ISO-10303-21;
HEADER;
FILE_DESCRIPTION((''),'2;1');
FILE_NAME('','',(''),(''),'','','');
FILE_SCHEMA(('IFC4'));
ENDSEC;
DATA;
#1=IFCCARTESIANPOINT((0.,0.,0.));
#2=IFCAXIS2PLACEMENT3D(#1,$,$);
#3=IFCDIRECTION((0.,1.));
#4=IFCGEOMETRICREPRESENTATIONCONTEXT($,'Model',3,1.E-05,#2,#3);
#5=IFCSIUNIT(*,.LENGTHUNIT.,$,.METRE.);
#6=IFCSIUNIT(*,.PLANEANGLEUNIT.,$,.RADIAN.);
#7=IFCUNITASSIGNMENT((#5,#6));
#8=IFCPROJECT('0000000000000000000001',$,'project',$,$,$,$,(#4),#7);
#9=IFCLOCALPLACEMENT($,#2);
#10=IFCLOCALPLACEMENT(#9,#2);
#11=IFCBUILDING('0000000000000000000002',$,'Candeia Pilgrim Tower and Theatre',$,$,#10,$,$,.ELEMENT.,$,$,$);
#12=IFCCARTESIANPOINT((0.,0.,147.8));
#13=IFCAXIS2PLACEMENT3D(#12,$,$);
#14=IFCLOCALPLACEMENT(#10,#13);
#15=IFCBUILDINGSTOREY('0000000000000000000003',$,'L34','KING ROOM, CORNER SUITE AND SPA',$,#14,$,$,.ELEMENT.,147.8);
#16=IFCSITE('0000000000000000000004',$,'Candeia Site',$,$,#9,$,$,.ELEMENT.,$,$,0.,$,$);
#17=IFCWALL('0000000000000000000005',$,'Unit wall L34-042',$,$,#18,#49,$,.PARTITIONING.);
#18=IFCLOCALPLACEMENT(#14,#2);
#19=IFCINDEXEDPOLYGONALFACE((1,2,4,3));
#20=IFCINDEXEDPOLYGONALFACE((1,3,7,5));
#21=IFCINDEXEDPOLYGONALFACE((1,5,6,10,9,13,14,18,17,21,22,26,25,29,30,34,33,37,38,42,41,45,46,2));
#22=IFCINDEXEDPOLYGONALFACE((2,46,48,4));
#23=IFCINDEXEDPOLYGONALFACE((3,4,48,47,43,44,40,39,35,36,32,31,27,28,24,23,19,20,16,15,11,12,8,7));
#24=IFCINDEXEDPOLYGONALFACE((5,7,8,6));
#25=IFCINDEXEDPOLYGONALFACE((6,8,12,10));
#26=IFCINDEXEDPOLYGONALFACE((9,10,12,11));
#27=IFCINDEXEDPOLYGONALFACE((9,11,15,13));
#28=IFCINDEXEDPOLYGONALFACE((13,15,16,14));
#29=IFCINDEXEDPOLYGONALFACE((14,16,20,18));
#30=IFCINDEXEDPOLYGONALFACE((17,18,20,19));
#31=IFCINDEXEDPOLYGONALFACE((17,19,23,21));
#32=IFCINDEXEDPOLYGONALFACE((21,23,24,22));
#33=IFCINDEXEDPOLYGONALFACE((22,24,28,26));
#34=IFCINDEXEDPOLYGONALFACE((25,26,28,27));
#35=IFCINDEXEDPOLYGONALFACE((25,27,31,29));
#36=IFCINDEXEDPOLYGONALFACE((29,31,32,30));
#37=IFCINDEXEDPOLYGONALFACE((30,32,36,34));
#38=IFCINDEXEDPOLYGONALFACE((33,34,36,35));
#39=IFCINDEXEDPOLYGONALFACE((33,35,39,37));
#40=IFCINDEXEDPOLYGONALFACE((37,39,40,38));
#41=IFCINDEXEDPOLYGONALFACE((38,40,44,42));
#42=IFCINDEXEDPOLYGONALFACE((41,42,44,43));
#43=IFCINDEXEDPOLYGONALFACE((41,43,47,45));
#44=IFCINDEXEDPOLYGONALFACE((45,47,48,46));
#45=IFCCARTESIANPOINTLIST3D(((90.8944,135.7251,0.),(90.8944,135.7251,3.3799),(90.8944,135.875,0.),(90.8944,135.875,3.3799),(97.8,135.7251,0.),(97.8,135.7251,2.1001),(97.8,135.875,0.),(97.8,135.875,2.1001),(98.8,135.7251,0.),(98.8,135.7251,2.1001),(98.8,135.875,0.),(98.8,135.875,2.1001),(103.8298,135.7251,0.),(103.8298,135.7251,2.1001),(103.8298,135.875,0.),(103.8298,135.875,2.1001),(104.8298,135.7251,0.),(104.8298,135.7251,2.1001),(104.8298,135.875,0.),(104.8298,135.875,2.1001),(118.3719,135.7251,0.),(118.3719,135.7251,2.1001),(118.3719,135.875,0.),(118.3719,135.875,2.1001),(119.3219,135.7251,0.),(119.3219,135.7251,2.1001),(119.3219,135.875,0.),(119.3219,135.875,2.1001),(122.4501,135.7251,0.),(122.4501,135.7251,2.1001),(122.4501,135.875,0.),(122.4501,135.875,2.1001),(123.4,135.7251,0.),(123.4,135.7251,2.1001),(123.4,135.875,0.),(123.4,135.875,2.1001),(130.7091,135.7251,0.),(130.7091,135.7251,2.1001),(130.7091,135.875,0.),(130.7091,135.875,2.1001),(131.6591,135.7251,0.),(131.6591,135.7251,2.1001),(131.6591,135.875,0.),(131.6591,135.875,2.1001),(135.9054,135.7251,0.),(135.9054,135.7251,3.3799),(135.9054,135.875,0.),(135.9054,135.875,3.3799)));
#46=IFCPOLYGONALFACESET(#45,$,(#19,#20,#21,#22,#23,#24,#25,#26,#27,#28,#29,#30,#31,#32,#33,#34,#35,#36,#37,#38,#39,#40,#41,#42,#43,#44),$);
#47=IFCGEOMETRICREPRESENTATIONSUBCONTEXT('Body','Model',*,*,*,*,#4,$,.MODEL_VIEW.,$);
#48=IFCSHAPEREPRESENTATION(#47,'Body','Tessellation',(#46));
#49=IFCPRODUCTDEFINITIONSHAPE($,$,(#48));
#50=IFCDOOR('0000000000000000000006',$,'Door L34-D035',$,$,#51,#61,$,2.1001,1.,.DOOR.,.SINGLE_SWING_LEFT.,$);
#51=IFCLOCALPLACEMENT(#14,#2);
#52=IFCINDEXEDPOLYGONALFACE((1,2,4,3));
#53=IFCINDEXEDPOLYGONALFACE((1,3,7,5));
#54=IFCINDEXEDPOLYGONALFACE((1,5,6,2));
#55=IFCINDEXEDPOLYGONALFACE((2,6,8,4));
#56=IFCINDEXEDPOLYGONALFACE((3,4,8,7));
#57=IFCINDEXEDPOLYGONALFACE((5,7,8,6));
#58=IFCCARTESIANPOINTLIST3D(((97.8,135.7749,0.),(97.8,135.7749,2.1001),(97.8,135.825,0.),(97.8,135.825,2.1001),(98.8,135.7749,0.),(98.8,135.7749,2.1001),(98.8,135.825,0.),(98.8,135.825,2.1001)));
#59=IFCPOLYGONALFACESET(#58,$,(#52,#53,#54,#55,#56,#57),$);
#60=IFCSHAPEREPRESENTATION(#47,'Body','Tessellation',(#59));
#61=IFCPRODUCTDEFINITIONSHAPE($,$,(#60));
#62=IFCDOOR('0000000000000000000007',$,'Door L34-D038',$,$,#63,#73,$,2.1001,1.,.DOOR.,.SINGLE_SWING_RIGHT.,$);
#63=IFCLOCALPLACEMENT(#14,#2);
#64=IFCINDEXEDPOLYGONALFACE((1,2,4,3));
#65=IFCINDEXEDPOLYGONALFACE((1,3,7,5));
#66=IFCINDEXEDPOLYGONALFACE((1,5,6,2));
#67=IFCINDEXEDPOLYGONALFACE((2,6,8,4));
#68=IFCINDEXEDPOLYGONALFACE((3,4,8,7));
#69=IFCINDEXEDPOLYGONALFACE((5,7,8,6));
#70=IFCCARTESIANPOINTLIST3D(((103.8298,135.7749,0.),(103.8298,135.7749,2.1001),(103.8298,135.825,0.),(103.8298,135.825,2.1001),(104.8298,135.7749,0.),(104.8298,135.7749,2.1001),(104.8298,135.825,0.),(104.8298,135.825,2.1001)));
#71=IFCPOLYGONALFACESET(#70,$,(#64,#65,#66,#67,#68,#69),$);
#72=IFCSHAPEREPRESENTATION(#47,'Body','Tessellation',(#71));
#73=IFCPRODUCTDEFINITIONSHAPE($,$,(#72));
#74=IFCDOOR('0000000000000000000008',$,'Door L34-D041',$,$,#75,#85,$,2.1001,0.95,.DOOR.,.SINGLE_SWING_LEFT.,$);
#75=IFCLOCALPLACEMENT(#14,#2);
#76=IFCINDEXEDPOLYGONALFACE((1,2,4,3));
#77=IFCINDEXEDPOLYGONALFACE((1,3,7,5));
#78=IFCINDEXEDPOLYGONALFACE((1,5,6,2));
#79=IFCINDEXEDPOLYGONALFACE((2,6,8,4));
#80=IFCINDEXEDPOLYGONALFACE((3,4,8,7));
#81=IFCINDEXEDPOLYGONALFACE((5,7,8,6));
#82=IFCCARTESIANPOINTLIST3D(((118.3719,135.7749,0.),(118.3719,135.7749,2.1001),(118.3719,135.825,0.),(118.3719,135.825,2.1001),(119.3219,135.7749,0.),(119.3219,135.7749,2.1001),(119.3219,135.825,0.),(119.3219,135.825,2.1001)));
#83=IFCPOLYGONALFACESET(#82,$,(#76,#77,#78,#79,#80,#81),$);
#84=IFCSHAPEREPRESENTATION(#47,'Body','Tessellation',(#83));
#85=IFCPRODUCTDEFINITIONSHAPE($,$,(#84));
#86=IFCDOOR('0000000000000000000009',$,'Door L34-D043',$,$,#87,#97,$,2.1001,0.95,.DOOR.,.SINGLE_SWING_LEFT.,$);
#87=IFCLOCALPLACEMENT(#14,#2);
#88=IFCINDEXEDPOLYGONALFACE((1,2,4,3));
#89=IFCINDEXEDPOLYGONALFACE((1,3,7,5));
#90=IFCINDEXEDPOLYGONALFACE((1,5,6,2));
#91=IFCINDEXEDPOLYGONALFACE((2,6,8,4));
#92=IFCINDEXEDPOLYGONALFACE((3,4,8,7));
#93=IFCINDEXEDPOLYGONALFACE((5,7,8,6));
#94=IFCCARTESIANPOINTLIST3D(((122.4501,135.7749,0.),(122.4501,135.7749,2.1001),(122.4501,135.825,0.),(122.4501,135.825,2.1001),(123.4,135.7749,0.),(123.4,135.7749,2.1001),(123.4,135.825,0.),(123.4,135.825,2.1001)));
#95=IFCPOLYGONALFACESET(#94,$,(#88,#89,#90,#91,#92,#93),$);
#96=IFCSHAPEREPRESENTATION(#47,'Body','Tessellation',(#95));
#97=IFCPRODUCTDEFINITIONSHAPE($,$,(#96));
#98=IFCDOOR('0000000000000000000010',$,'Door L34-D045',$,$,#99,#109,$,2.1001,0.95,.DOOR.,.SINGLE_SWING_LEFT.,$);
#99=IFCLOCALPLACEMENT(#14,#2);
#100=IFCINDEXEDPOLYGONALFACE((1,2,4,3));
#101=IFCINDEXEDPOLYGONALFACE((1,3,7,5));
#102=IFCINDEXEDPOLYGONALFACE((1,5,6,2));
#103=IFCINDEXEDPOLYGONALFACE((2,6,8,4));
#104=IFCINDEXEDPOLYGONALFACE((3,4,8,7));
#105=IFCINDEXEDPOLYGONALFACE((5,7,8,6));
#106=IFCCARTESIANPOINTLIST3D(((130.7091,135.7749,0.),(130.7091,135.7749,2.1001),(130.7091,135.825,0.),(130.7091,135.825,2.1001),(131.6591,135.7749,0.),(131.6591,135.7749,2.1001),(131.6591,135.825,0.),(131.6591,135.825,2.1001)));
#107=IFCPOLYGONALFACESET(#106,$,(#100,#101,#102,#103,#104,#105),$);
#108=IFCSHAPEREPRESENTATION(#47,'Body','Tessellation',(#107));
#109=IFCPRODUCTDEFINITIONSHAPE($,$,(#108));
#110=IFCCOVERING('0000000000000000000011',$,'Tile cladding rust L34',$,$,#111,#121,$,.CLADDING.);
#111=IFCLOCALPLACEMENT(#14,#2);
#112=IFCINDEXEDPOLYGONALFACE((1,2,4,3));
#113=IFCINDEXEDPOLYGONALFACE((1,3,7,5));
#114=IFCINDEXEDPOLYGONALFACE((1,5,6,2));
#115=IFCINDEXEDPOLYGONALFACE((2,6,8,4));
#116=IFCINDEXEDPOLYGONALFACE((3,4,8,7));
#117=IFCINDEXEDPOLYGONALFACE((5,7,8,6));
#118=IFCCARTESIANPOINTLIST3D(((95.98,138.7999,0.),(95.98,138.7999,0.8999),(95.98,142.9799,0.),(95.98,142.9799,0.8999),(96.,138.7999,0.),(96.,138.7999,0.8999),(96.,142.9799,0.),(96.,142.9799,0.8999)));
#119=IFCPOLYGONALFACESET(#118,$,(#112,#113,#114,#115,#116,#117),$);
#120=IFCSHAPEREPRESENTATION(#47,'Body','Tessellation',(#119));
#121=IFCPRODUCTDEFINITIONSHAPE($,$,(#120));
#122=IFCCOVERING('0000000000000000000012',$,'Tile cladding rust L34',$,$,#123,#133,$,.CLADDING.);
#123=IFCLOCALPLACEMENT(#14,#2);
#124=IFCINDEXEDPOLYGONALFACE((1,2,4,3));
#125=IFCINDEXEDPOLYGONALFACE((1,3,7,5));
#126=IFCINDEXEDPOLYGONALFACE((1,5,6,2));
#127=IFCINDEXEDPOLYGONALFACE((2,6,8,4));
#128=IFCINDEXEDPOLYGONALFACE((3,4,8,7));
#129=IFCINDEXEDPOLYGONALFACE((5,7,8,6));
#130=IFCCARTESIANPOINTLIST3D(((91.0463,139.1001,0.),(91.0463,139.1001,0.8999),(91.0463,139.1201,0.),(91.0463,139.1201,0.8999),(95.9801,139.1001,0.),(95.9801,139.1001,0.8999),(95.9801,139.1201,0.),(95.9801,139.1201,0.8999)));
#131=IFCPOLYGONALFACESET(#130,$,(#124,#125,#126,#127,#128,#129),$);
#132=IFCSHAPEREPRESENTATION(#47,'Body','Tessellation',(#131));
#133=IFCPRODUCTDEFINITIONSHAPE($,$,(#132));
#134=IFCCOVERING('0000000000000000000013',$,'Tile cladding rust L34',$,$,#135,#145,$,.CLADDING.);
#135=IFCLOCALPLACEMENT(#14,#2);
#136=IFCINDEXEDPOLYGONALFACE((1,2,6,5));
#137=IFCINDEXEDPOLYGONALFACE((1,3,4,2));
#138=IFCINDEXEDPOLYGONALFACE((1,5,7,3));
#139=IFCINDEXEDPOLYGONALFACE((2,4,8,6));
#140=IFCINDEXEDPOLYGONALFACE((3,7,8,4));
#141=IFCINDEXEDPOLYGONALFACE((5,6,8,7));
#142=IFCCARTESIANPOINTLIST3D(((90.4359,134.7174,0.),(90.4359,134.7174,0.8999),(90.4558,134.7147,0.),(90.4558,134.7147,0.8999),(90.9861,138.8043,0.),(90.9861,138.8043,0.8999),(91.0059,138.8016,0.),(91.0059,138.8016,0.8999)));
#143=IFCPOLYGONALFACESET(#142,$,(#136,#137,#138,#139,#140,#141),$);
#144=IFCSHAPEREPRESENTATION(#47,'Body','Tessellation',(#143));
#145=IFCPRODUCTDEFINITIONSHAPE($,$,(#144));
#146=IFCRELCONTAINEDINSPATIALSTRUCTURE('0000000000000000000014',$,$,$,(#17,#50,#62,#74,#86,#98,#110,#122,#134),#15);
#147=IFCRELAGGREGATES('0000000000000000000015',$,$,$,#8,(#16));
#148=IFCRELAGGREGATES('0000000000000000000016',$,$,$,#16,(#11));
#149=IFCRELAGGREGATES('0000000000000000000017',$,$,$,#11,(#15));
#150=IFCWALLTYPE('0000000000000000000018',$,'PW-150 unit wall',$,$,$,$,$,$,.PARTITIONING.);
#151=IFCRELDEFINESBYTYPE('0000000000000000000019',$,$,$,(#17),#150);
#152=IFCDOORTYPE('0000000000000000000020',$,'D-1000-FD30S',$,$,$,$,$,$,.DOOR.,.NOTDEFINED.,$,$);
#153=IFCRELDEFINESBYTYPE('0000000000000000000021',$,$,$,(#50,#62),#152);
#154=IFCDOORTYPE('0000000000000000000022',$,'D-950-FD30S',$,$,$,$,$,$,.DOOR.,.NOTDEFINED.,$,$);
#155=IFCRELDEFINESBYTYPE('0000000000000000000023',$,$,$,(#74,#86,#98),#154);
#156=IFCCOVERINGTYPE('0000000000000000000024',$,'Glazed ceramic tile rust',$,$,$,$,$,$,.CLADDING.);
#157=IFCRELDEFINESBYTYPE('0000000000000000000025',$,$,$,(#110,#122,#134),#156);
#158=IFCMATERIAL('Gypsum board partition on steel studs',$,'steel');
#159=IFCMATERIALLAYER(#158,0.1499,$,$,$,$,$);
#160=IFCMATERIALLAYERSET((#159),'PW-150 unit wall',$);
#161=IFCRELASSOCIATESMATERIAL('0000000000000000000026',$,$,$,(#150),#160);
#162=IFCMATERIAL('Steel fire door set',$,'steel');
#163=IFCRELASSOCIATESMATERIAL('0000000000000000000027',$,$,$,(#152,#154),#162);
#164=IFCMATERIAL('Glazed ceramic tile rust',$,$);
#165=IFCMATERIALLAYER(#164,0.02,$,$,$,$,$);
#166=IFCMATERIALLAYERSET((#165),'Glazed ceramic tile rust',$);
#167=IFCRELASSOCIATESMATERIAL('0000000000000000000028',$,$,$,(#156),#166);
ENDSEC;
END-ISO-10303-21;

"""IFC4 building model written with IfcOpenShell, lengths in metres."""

from ifc_helpers import new_model, si_unit, direction, frame, frame_2d, origin, origin_2d, place, context, subcontext, project, spatial, rectangle, extrude, material, layer, layer_set, type_object, element, fill, save


model = new_model("IFC4")

# Units and contexts
model_context = context("Model", 3, precision=1e-05, world=origin(), true_north=direction((0.0, 1.0)))
body_context = subcontext(model_context, "Body", "Model", "MODEL_VIEW")
ifc_project = project(units=[si_unit("LENGTHUNIT", "METRE"), si_unit("PLANEANGLEUNIT", "RADIAN")], contexts=[model_context])

# Site, building, storey
site_placement = place(None, origin())
site = spatial("IfcSite", under=ifc_project, at=site_placement, Name="Candeia Site", CompositionType="ELEMENT", RefElevation=0.0)
building_placement = place(site_placement, origin())
building = spatial("IfcBuilding", under=site, at=building_placement, Name="Candeia Pilgrim Tower and Theatre", CompositionType="ELEMENT")
storey_placement = place(building_placement, frame((0.0, 0.0, 147.8)))
storey = spatial("IfcBuildingStorey", under=building, at=storey_placement, Name="L34", Description="KING ROOM, CORNER SUITE AND SPA", CompositionType="ELEMENT", Elevation=147.8)

# Shared definitions
ifc_material_1 = material(Name="Gypsum board partition on steel studs", Category="steel")

# Wall, openings, doors
ifc_layer_1 = layer(ifc_material_1, 0.1499)
ifc_layer_set_1 = layer_set([ifc_layer_1], Name="PW-150 unit wall")
wall_type_1 = type_object("IfcWallType", Name="PW-150 unit wall", PredefinedType="PARTITIONING", material=ifc_layer_set_1)
wall_1_placement = place(storey_placement, frame((90.8945, 135.8, 0.0), z_axis=(0.0, 0.0, 1.0), x_axis=(1.0, 0.0, 0.0)))
wall_1 = element("IfcWall", 1, at=wall_1_placement, inside=storey, type_object=wall_type_1, Name="Unit wall L34-042", PredefinedType="PARTITIONING", context=body_context, shape_type="SweptSolid", body=[
    extrude(rectangle(XDim=45.011, YDim=0.1499, at=frame_2d((22.5054, 0.0))), origin(), (0.0, 0.0, 1.0), 3.3799),
])
opening_1_placement = place(wall_1_placement, frame((6.9055, 0.0, 0.0)))
opening_1 = element("IfcOpeningElement", 2, at=opening_1_placement, cuts=wall_1, PredefinedType="OPENING", context=body_context, shape_type="SweptSolid", body=[
    extrude(rectangle(XDim=1.0, YDim=2.1001, at=frame_2d((0.5, 1.05))), frame((0.0, 0.085, 0.0), z_axis=(0.0, -1.0, 0.0), x_axis=(1.0, 0.0, 0.0)), (0.0, 0.0, 1.0), 0.1699),
])
opening_2_placement = place(wall_1_placement, frame((12.9353, 0.0, 0.0)))
opening_2 = element("IfcOpeningElement", 3, at=opening_2_placement, cuts=wall_1, PredefinedType="OPENING", context=body_context, shape_type="SweptSolid", body=[
    extrude(rectangle(XDim=1.0, YDim=2.1001, at=frame_2d((0.5, 1.05))), frame((0.0, 0.085, 0.0), z_axis=(0.0, -1.0, 0.0), x_axis=(1.0, 0.0, 0.0)), (0.0, 0.0, 1.0), 0.1699),
])
opening_3_placement = place(wall_1_placement, frame((27.4773, 0.0, 0.0)))
opening_3 = element("IfcOpeningElement", 4, at=opening_3_placement, cuts=wall_1, PredefinedType="OPENING", context=body_context, shape_type="SweptSolid", body=[
    extrude(rectangle(XDim=0.95, YDim=2.1001, at=frame_2d((0.4751, 1.05))), frame((0.0, 0.085, 0.0), z_axis=(0.0, -1.0, 0.0), x_axis=(1.0, 0.0, 0.0)), (0.0, 0.0, 1.0), 0.1699),
])
opening_4_placement = place(wall_1_placement, frame((31.5554, 0.0, 0.0)))
opening_4 = element("IfcOpeningElement", 5, at=opening_4_placement, cuts=wall_1, PredefinedType="OPENING", context=body_context, shape_type="SweptSolid", body=[
    extrude(rectangle(XDim=0.95, YDim=2.1001, at=frame_2d((0.4751, 1.05))), frame((0.0, 0.085, 0.0), z_axis=(0.0, -1.0, 0.0), x_axis=(1.0, 0.0, 0.0)), (0.0, 0.0, 1.0), 0.1699),
])
opening_5_placement = place(wall_1_placement, frame((39.8145, 0.0, 0.0)))
opening_5 = element("IfcOpeningElement", 6, at=opening_5_placement, cuts=wall_1, PredefinedType="OPENING", context=body_context, shape_type="SweptSolid", body=[
    extrude(rectangle(XDim=0.95, YDim=2.1001, at=frame_2d((0.4751, 1.05))), frame((0.0, 0.085, 0.0), z_axis=(0.0, -1.0, 0.0), x_axis=(1.0, 0.0, 0.0)), (0.0, 0.0, 1.0), 0.1699),
])
ifc_material_2 = material(Name="Steel fire door set", Category="steel")
door_type_1 = type_object("IfcDoorType", Name="D-1000-FD30S", OperationType="NOTDEFINED", PredefinedType="DOOR", material=ifc_material_2)
door_1_placement = place(opening_1_placement, origin())
door_1 = element("IfcDoor", 7, at=door_1_placement, inside=storey, type_object=door_type_1, Name="Door L34-D035", OperationType="SINGLE_SWING_LEFT", OverallHeight=2.1001, OverallWidth=1.0, PredefinedType="DOOR", context=body_context, shape_type="SweptSolid", body=[
    extrude(rectangle(XDim=1.0, YDim=2.1001, at=frame_2d((0.5, 1.05))), frame((0.0, 0.0249, 0.0), z_axis=(0.0, -1.0, 0.0), x_axis=(1.0, 0.0, 0.0)), (0.0, 0.0, 1.0), 0.05),
])
fill(opening_1, door_1)
door_2_placement = place(opening_2_placement, origin())
door_2 = element("IfcDoor", 8, at=door_2_placement, inside=storey, type_object=door_type_1, Name="Door L34-D038", OperationType="SINGLE_SWING_RIGHT", OverallHeight=2.1001, OverallWidth=1.0, PredefinedType="DOOR", context=body_context, shape_type="SweptSolid", body=[
    extrude(rectangle(XDim=1.0, YDim=2.1001, at=frame_2d((0.5, 1.05))), frame((0.0, 0.0249, 0.0), z_axis=(0.0, -1.0, 0.0), x_axis=(1.0, 0.0, 0.0)), (0.0, 0.0, 1.0), 0.05),
])
fill(opening_2, door_2)
door_type_2 = type_object("IfcDoorType", Name="D-950-FD30S", OperationType="NOTDEFINED", PredefinedType="DOOR", material=ifc_material_2)
door_3_placement = place(opening_3_placement, origin())
door_3 = element("IfcDoor", 9, at=door_3_placement, inside=storey, type_object=door_type_2, Name="Door L34-D041", OperationType="SINGLE_SWING_LEFT", OverallHeight=2.1001, OverallWidth=0.95, PredefinedType="DOOR", context=body_context, shape_type="SweptSolid", body=[
    extrude(rectangle(XDim=0.95, YDim=2.1001, at=frame_2d((0.4751, 1.05))), frame((0.0, 0.0249, 0.0), z_axis=(0.0, -1.0, 0.0), x_axis=(1.0, 0.0, 0.0)), (0.0, 0.0, 1.0), 0.05),
])
fill(opening_3, door_3)
door_4_placement = place(opening_4_placement, origin())
door_4 = element("IfcDoor", 10, at=door_4_placement, inside=storey, type_object=door_type_2, Name="Door L34-D043", OperationType="SINGLE_SWING_LEFT", OverallHeight=2.1001, OverallWidth=0.95, PredefinedType="DOOR", context=body_context, shape_type="SweptSolid", body=[
    extrude(rectangle(XDim=0.95, YDim=2.1001, at=frame_2d((0.4751, 1.05))), frame((0.0, 0.0249, 0.0), z_axis=(0.0, -1.0, 0.0), x_axis=(1.0, 0.0, 0.0)), (0.0, 0.0, 1.0), 0.05),
])
fill(opening_4, door_4)
door_5_placement = place(opening_5_placement, origin())
door_5 = element("IfcDoor", 11, at=door_5_placement, inside=storey, type_object=door_type_2, Name="Door L34-D045", OperationType="SINGLE_SWING_LEFT", OverallHeight=2.1001, OverallWidth=0.95, PredefinedType="DOOR", context=body_context, shape_type="SweptSolid", body=[
    extrude(rectangle(XDim=0.95, YDim=2.1001, at=frame_2d((0.4751, 1.05))), frame((0.0, 0.0249, 0.0), z_axis=(0.0, -1.0, 0.0), x_axis=(1.0, 0.0, 0.0)), (0.0, 0.0, 1.0), 0.05),
])
fill(opening_5, door_5)

# Coverings
ifc_material_3 = material(Name="Glazed ceramic tile rust")
ifc_layer_2 = layer(ifc_material_3, 0.02)
ifc_layer_set_2 = layer_set([ifc_layer_2], Name="Glazed ceramic tile rust")
covering_type = type_object("IfcCoveringType", Name="Glazed ceramic tile rust", PredefinedType="CLADDING", material=ifc_layer_set_2)
covering_1_placement = place(storey_placement, frame((95.99, 140.8899, 0.0), z_axis=(0.0, 0.0, 1.0), x_axis=(0.0, -1.0, 0.0)))
element("IfcCovering", 12, at=covering_1_placement, inside=storey, type_object=covering_type, Name="Tile cladding rust L34", PredefinedType="CLADDING", context=body_context, shape_type="SweptSolid", body=[
    extrude(rectangle(XDim=4.1799, YDim=0.02, at=origin_2d()), origin(), (0.0, 0.0, 1.0), 0.8999),
])
covering_2_placement = place(storey_placement, frame((93.5132, 139.1101, 0.0), z_axis=(0.0, 0.0, 1.0), x_axis=(-1.0, 0.0, 0.0)))
element("IfcCovering", 13, at=covering_2_placement, inside=storey, type_object=covering_type, Name="Tile cladding rust L34", PredefinedType="CLADDING", context=body_context, shape_type="SweptSolid", body=[
    extrude(rectangle(XDim=4.9338, YDim=0.02, at=origin_2d()), origin(), (0.0, 0.0, 1.0), 0.8999),
])
covering_3_placement = place(storey_placement, frame((90.7209, 136.7595, 0.0), z_axis=(0.0, 0.0, 1.0), x_axis=(-0.133412, -0.991061, 0.0)))
element("IfcCovering", 14, at=covering_3_placement, inside=storey, type_object=covering_type, Name="Tile cladding rust L34", PredefinedType="CLADDING", context=body_context, shape_type="SweptSolid", body=[
    extrude(rectangle(XDim=4.1238, YDim=0.02, at=origin_2d()), origin(), (0.0, 0.0, 1.0), 0.8999),
])

save(model, "model.ifc")
